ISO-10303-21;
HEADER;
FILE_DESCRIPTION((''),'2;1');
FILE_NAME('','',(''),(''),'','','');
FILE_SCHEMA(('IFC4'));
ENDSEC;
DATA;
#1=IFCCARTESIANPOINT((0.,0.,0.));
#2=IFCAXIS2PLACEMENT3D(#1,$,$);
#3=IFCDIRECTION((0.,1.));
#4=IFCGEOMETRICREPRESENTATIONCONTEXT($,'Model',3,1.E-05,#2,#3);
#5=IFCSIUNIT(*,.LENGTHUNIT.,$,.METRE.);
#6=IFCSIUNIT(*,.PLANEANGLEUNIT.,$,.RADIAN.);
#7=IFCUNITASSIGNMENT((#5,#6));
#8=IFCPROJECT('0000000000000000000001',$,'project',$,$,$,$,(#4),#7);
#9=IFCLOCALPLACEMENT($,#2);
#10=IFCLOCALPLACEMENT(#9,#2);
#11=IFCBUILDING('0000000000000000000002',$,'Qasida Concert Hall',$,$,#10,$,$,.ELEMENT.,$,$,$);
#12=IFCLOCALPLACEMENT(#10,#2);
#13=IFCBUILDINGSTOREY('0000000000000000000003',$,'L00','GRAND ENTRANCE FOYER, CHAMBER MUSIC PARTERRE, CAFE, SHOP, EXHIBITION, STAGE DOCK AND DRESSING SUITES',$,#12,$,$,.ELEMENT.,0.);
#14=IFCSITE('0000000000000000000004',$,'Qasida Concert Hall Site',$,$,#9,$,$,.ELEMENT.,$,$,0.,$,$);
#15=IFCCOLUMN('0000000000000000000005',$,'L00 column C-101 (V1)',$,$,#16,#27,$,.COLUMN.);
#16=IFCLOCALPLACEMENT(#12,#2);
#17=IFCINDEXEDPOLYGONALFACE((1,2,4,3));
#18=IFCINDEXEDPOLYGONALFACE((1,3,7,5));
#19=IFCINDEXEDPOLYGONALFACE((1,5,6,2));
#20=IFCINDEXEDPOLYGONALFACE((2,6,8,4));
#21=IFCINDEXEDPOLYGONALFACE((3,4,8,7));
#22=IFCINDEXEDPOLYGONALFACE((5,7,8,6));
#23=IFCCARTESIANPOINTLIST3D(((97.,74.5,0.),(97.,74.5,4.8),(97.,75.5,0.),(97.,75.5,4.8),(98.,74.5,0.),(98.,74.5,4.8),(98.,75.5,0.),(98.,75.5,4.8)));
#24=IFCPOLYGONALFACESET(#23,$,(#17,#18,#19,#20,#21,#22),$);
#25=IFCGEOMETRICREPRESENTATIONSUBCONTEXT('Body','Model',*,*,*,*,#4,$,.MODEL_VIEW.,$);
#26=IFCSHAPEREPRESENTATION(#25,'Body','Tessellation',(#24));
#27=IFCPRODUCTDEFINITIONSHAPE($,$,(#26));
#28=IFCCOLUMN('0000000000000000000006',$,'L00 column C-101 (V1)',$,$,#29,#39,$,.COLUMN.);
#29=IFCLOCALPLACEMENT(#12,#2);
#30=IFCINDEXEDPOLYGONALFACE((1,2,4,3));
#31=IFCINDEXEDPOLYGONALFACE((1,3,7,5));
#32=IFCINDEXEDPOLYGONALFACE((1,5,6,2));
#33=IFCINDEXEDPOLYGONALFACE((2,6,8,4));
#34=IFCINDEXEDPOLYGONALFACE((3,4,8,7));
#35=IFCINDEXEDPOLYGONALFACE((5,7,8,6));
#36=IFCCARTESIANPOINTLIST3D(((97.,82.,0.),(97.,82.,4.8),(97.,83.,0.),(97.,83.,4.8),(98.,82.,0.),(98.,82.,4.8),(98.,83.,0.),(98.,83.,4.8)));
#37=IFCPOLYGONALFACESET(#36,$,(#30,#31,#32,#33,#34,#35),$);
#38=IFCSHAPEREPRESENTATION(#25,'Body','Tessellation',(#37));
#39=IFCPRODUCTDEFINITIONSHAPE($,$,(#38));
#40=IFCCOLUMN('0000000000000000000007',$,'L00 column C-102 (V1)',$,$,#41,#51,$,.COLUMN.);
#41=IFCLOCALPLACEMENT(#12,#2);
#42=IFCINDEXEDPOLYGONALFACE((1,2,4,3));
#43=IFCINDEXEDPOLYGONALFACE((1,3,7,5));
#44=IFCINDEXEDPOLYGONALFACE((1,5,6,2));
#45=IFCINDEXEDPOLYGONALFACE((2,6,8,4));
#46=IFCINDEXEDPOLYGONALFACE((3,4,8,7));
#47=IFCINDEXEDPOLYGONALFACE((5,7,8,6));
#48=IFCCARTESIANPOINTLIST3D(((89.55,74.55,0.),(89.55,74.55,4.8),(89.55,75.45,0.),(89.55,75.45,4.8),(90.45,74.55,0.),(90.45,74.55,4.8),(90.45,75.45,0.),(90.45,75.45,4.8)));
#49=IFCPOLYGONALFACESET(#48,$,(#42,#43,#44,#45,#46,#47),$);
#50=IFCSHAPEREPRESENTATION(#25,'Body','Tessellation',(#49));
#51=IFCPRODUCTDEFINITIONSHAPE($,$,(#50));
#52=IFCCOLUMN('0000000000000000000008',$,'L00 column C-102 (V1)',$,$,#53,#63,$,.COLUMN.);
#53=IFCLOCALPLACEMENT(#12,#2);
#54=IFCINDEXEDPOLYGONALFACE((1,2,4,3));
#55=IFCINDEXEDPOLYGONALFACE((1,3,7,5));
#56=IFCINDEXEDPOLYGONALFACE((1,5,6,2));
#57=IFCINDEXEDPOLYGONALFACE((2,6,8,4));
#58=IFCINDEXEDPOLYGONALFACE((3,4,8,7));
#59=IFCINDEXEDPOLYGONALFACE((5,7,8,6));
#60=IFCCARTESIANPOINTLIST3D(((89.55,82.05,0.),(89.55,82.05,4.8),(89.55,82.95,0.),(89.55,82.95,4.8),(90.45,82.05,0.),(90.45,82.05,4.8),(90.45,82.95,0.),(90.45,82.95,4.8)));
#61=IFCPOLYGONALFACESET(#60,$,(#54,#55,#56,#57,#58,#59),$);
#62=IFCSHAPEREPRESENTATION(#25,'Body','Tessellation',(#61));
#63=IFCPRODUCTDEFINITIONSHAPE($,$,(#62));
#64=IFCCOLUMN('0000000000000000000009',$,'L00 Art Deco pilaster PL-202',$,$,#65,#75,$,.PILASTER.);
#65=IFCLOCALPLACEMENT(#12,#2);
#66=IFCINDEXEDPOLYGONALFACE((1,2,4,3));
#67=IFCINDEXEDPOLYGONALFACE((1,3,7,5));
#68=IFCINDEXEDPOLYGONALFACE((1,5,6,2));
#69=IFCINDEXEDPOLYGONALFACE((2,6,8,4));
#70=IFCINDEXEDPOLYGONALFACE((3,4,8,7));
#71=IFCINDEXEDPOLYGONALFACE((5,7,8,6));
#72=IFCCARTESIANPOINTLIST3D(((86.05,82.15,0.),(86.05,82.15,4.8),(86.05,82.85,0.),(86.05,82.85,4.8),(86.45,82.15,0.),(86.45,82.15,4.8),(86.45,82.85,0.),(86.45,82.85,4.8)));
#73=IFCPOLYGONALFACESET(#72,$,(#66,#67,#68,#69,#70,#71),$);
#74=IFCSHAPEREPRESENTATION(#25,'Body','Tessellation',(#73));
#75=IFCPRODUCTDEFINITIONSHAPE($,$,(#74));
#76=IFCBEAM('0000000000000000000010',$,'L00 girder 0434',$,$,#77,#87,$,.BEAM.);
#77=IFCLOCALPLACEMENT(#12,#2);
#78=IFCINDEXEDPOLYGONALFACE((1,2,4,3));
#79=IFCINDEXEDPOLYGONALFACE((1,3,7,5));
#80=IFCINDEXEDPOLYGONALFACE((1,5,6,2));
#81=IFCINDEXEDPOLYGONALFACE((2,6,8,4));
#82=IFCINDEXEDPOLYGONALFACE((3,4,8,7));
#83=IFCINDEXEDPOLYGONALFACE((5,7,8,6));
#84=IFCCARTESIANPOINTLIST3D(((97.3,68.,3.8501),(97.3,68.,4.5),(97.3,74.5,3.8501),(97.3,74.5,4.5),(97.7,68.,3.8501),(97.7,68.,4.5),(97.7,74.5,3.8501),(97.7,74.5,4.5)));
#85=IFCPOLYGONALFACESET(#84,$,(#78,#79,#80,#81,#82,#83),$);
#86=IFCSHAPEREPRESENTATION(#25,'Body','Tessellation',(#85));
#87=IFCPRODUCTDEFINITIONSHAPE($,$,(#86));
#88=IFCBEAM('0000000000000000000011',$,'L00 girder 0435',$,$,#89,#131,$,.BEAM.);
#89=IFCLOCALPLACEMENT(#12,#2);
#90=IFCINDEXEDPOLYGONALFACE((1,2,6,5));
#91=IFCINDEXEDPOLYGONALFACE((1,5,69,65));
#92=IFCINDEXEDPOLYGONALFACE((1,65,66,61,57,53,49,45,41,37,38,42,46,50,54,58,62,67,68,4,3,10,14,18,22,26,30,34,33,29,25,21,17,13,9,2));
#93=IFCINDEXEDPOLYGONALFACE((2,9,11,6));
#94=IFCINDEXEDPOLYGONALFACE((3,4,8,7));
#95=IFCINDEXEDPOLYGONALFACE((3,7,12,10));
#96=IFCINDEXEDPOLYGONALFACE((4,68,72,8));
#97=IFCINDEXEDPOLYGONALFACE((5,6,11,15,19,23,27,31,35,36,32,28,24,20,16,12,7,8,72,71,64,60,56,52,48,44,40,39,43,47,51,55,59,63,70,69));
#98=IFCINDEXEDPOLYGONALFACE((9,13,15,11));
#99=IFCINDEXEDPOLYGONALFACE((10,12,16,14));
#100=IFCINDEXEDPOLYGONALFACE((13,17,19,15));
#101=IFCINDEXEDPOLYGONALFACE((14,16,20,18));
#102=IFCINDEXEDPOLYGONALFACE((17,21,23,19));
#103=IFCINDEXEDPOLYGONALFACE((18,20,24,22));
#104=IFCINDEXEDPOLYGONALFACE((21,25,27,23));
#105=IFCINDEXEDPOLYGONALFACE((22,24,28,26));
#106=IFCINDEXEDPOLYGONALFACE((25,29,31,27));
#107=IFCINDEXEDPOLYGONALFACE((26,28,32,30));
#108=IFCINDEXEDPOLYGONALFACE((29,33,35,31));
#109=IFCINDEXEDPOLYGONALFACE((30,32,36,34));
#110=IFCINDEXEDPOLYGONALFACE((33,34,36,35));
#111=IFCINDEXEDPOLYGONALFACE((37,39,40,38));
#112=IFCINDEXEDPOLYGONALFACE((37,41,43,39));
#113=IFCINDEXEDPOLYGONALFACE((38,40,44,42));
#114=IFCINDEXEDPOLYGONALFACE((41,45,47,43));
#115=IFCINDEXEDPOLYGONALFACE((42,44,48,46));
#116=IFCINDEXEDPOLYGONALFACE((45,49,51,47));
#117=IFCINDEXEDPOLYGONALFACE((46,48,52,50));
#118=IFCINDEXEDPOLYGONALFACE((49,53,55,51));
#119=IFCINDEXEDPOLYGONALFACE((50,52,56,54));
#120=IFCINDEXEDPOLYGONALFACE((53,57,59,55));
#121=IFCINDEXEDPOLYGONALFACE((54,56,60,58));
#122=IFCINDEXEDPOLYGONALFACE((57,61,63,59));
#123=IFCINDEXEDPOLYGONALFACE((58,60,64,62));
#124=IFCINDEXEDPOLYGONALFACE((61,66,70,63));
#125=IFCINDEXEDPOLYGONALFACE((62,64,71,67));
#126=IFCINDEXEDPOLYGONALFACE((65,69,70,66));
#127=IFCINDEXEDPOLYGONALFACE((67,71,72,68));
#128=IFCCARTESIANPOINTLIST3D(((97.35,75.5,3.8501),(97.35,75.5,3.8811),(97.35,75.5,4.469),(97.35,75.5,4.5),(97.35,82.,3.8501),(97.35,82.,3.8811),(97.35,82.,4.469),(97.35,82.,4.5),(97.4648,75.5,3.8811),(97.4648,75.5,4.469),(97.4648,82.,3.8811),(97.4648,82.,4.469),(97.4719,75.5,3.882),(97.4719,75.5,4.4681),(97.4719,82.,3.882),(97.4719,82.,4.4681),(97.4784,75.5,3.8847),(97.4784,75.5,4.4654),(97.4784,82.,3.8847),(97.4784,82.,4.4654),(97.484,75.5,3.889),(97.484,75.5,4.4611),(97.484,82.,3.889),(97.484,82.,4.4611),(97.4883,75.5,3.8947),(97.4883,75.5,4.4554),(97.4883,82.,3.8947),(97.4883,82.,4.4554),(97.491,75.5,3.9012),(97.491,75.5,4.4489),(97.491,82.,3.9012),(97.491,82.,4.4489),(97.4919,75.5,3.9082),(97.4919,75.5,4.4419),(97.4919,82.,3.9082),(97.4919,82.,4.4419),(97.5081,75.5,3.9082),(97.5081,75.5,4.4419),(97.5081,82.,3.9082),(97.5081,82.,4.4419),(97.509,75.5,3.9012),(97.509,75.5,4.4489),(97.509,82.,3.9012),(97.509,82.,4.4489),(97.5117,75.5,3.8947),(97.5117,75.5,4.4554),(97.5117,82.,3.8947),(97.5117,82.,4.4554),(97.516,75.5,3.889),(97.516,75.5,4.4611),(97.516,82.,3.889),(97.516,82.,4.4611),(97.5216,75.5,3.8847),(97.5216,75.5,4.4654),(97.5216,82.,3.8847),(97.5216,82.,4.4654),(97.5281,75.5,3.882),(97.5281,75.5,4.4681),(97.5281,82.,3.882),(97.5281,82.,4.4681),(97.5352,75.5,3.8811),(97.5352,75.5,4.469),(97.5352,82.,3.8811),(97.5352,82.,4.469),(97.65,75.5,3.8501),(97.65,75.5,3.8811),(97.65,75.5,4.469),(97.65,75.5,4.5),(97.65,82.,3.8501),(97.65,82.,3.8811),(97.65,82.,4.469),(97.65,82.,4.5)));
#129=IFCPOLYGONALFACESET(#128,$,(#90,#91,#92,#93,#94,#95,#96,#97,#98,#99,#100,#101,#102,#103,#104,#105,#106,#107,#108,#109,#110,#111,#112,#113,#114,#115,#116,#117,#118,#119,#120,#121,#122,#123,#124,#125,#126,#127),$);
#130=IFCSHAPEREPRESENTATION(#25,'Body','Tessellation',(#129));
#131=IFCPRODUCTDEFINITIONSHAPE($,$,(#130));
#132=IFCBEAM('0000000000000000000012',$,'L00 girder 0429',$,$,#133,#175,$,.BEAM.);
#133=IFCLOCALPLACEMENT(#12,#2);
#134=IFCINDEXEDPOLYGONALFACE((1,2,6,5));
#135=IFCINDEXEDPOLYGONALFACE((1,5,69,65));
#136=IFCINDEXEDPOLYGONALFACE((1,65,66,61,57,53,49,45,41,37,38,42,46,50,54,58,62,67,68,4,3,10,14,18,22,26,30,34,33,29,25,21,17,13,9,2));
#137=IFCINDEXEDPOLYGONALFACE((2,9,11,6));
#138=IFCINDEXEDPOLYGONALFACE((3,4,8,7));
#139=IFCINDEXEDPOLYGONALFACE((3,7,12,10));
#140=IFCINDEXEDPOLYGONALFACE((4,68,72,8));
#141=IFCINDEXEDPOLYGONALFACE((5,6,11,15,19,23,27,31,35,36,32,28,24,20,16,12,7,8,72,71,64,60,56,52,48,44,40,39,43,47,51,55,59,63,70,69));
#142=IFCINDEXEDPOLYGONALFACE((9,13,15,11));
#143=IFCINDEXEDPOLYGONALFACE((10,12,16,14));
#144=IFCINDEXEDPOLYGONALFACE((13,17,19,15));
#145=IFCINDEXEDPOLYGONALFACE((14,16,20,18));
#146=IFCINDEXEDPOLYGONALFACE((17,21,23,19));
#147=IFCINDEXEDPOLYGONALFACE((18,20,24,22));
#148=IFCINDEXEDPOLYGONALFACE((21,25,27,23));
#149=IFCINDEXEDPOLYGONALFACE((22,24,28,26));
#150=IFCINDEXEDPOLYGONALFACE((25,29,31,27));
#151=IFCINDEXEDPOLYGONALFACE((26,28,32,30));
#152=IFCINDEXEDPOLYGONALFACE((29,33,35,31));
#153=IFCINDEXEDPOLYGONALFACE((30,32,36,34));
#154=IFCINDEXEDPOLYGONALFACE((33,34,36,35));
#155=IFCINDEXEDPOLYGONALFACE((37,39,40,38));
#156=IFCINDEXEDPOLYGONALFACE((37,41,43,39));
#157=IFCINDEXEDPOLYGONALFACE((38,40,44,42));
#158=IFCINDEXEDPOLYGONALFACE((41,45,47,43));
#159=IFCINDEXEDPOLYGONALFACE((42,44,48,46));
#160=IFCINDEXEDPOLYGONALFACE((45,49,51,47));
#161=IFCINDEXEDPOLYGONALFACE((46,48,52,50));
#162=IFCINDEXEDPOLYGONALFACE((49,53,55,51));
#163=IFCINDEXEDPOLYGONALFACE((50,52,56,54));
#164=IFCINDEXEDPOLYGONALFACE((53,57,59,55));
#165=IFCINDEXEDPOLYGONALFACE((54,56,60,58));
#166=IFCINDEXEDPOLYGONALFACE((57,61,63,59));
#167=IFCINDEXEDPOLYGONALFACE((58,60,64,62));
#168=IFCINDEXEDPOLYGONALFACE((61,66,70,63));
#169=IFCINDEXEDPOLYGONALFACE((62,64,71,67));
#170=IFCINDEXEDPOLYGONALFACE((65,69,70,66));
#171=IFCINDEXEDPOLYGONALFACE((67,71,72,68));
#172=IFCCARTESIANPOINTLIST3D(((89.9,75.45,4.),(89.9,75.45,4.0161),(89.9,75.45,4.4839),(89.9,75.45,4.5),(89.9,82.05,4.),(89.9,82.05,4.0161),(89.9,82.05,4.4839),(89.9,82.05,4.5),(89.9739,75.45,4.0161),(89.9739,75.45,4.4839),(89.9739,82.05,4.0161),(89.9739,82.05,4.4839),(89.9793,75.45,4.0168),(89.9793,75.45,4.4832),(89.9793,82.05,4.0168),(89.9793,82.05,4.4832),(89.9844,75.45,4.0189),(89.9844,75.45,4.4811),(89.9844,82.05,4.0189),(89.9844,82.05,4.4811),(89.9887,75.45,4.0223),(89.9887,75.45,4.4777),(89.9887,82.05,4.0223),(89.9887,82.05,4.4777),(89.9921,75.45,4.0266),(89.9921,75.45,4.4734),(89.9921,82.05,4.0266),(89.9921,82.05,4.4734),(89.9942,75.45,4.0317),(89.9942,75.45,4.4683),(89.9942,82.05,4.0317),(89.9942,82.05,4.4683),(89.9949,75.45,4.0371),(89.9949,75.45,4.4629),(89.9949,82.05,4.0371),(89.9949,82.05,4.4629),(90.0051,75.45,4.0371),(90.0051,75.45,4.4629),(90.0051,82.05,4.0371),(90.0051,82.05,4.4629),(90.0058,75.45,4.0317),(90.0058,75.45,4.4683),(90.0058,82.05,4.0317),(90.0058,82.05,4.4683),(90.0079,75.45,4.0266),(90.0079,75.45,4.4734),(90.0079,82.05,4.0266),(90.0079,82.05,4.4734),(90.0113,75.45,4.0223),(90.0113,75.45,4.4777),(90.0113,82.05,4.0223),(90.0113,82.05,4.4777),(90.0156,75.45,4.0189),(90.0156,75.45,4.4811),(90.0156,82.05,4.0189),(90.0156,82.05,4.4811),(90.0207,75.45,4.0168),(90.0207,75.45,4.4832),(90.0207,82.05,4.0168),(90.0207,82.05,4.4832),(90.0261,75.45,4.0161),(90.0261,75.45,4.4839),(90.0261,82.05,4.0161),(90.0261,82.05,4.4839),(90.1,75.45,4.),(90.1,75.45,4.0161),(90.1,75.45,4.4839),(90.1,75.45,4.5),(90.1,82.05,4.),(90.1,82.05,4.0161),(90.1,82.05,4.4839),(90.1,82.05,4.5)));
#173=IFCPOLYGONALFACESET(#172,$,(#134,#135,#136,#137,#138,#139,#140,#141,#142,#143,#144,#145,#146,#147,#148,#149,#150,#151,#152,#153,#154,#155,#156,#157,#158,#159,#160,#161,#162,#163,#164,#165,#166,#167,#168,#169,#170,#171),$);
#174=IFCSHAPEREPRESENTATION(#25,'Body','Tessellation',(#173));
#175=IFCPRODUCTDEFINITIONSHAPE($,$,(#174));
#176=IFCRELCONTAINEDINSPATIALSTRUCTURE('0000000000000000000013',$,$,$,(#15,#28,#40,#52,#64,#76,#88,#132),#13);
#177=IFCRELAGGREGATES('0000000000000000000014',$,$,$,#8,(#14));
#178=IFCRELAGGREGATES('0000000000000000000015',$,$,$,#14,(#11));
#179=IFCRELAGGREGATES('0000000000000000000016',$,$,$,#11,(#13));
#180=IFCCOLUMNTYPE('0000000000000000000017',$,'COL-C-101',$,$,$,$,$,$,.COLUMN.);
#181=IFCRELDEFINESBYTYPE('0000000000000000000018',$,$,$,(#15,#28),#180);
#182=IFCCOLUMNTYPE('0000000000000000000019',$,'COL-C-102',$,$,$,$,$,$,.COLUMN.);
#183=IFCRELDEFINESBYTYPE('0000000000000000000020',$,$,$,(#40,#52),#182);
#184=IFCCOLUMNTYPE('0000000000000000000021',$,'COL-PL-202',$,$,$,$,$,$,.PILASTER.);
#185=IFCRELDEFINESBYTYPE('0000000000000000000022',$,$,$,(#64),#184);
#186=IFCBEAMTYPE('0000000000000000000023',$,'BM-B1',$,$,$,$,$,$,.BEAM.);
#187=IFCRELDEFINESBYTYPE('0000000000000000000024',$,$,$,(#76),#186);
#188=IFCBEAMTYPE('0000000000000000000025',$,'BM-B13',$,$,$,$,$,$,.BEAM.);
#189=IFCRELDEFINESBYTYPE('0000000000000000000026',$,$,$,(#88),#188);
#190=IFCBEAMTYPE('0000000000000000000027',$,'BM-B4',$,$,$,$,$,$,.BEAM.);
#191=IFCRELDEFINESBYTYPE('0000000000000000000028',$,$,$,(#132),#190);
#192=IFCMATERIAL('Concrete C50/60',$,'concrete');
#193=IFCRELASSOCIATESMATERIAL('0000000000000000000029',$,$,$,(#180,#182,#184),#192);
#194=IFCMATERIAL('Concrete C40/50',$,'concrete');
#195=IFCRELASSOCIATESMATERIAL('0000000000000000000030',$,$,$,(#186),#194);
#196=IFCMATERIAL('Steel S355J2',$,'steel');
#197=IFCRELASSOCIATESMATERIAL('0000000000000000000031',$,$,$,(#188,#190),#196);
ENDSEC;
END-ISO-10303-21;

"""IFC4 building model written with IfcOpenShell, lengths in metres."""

from ifc_helpers import new_model, si_unit, direction, frame, origin, origin_2d, place, context, subcontext, project, spatial, rectangle, i_section, extrude, material, material_profile, profile_set, type_object, element, save


model = new_model("IFC4")

# Units and contexts
model_context = context("Model", 3, precision=1e-05, world=origin(), true_north=direction((0.0, 1.0)))
body_context = subcontext(model_context, "Body", "Model", "MODEL_VIEW")
ifc_project = project(units=[si_unit("LENGTHUNIT", "METRE"), si_unit("PLANEANGLEUNIT", "RADIAN")], contexts=[model_context])

# Site, building, storey
site_placement = place(None, origin())
site = spatial("IfcSite", under=ifc_project, at=site_placement, Name="Qasida Concert Hall Site", CompositionType="ELEMENT", RefElevation=0.0)
building_placement = place(site_placement, origin())
building = spatial("IfcBuilding", under=site, at=building_placement, Name="Qasida Concert Hall", CompositionType="ELEMENT")
storey_placement = place(building_placement, origin())
storey = spatial("IfcBuildingStorey", under=building, at=storey_placement, Name="L00", Description="GRAND ENTRANCE FOYER, CHAMBER MUSIC PARTERRE, CAFE, SHOP, EXHIBITION, STAGE DOCK AND DRESSING SUITES", CompositionType="ELEMENT", Elevation=0.0)

# Columns
ifc_material_1 = material(Name="Concrete C50/60", Category="concrete")
ifc_material_profile_1 = material_profile(ifc_material_1, rectangle(XDim=1.0, YDim=1.0, at=origin_2d()), Name="RC 1000x1000")
ifc_profile_set_1 = profile_set([ifc_material_profile_1], Name="Concrete C50/60")
column_type_1 = type_object("IfcColumnType", Name="COL-C-101", PredefinedType="COLUMN", material=ifc_profile_set_1)
for number, where, z_axis, x_axis, name in (
    (1, (97.5, 75.0, 0.0), (0.0, 0.0, 1.0), (1.0, 0.0, 0.0), "L00 column C-101 (V1)"),
    (2, (97.5, 82.5, 0.0), (0.0, 0.0, 1.0), (1.0, 0.0, 0.0), "L00 column C-101 (V1)"),
):
    element("IfcColumn", number, at=place(storey_placement, frame(where, z_axis=z_axis, x_axis=x_axis)), inside=storey, type_object=column_type_1, Name=name, PredefinedType="COLUMN", context=body_context, shape_type="SweptSolid", body=[
        extrude(rectangle(XDim=1.0, YDim=1.0, at=origin_2d()), origin(), (0.0, 0.0, 1.0), 4.8),
    ])
ifc_material_profile_2 = material_profile(ifc_material_1, rectangle(XDim=0.8999, YDim=0.8999, at=origin_2d()), Name="RC 900x900")
ifc_profile_set_2 = profile_set([ifc_material_profile_2], Name="Concrete C50/60")
column_type_2 = type_object("IfcColumnType", Name="COL-C-102", PredefinedType="COLUMN", material=ifc_profile_set_2)
for number, where, z_axis, x_axis, name in (
    (3, (90.0, 75.0, 0.0), (0.0, 0.0, 1.0), (1.0, 0.0, 0.0), "L00 column C-102 (V1)"),
    (4, (90.0, 82.5, 0.0), (0.0, 0.0, 1.0), (1.0, 0.0, 0.0), "L00 column C-102 (V1)"),
):
    element("IfcColumn", number, at=place(storey_placement, frame(where, z_axis=z_axis, x_axis=x_axis)), inside=storey, type_object=column_type_2, Name=name, PredefinedType="COLUMN", context=body_context, shape_type="SweptSolid", body=[
        extrude(rectangle(XDim=0.8999, YDim=0.8999, at=origin_2d()), origin(), (0.0, 0.0, 1.0), 4.8),
    ])
ifc_material_profile_3 = material_profile(ifc_material_1, rectangle(XDim=0.3999, YDim=0.7, at=origin_2d()), Name="RC 400x700")
ifc_profile_set_3 = profile_set([ifc_material_profile_3], Name="Concrete C50/60")
column_type_3 = type_object("IfcColumnType", Name="COL-PL-202", PredefinedType="PILASTER", material=ifc_profile_set_3)
column_placement = place(storey_placement, frame((86.25, 82.5, 0.0), z_axis=(0.0, 0.0, 1.0), x_axis=(1.0, 0.0, 0.0)))
element("IfcColumn", 5, at=column_placement, inside=storey, type_object=column_type_3, Name="L00 Art Deco pilaster PL-202", PredefinedType="PILASTER", context=body_context, shape_type="SweptSolid", body=[
    extrude(rectangle(XDim=0.3999, YDim=0.7, at=origin_2d()), origin(), (0.0, 0.0, 1.0), 4.8),
])

# Beams
ifc_material_2 = material(Name="Concrete C40/50", Category="concrete")
ifc_material_profile_4 = material_profile(ifc_material_2, rectangle(XDim=0.3999, YDim=0.6499, at=origin_2d()), Name="RC 400x650")
ifc_profile_set_4 = profile_set([ifc_material_profile_4], Name="Concrete C40/50")
beam_type_1 = type_object("IfcBeamType", Name="BM-B1", PredefinedType="BEAM", material=ifc_profile_set_4)
beam_1_placement = place(storey_placement, frame((97.5, 68.0, 4.175), z_axis=(0.0, 1.0, 0.0), x_axis=(-1.0, 0.0, 0.0)))
element("IfcBeam", 6, at=beam_1_placement, inside=storey, type_object=beam_type_1, Name="L00 girder 0434", PredefinedType="BEAM", context=body_context, shape_type="SweptSolid", body=[
    extrude(rectangle(XDim=0.3999, YDim=0.6499, at=origin_2d()), origin(), (0.0, 0.0, 1.0), 6.5),
])
ifc_material_3 = material(Name="Steel S355J2", Category="steel")
ifc_material_profile_5 = material_profile(ifc_material_3, i_section(OverallWidth=0.3, OverallDepth=0.6499, WebThickness=0.0161, FlangeThickness=0.031, FilletRadius=0.0271, at=origin_2d()), Name="HEB 650")
ifc_profile_set_5 = profile_set([ifc_material_profile_5], Name="Steel S355J2")
beam_type_2 = type_object("IfcBeamType", Name="BM-B13", PredefinedType="BEAM", material=ifc_profile_set_5)
beam_2_placement = place(storey_placement, frame((97.5, 75.5, 4.175), z_axis=(0.0, 1.0, 0.0), x_axis=(-1.0, 0.0, 0.0)))
element("IfcBeam", 7, at=beam_2_placement, inside=storey, type_object=beam_type_2, Name="L00 girder 0435", PredefinedType="BEAM", context=body_context, shape_type="SweptSolid", body=[
    extrude(i_section(OverallWidth=0.3, OverallDepth=0.6499, WebThickness=0.0161, FlangeThickness=0.031, FilletRadius=0.0271, at=origin_2d()), origin(), (0.0, 0.0, 1.0), 6.5),
])
ifc_material_profile_6 = material_profile(ifc_material_3, i_section(OverallWidth=0.2, OverallDepth=0.5, WebThickness=0.0103, FlangeThickness=0.0161, FilletRadius=0.021, at=origin_2d()), Name="IPE 500")
ifc_profile_set_6 = profile_set([ifc_material_profile_6], Name="Steel S355J2")
beam_type_3 = type_object("IfcBeamType", Name="BM-B4", PredefinedType="BEAM", material=ifc_profile_set_6)
beam_3_placement = place(storey_placement, frame((90.0, 75.45, 4.25), z_axis=(0.0, 1.0, 0.0), x_axis=(-1.0, 0.0, 0.0)))
element("IfcBeam", 8, at=beam_3_placement, inside=storey, type_object=beam_type_3, Name="L00 girder 0429", PredefinedType="BEAM", context=body_context, shape_type="SweptSolid", body=[
    extrude(i_section(OverallWidth=0.2, OverallDepth=0.5, WebThickness=0.0103, FlangeThickness=0.0161, FilletRadius=0.021, at=origin_2d()), origin(), (0.0, 0.0, 1.0), 6.6001),
])

save(model, "model.ifc")
